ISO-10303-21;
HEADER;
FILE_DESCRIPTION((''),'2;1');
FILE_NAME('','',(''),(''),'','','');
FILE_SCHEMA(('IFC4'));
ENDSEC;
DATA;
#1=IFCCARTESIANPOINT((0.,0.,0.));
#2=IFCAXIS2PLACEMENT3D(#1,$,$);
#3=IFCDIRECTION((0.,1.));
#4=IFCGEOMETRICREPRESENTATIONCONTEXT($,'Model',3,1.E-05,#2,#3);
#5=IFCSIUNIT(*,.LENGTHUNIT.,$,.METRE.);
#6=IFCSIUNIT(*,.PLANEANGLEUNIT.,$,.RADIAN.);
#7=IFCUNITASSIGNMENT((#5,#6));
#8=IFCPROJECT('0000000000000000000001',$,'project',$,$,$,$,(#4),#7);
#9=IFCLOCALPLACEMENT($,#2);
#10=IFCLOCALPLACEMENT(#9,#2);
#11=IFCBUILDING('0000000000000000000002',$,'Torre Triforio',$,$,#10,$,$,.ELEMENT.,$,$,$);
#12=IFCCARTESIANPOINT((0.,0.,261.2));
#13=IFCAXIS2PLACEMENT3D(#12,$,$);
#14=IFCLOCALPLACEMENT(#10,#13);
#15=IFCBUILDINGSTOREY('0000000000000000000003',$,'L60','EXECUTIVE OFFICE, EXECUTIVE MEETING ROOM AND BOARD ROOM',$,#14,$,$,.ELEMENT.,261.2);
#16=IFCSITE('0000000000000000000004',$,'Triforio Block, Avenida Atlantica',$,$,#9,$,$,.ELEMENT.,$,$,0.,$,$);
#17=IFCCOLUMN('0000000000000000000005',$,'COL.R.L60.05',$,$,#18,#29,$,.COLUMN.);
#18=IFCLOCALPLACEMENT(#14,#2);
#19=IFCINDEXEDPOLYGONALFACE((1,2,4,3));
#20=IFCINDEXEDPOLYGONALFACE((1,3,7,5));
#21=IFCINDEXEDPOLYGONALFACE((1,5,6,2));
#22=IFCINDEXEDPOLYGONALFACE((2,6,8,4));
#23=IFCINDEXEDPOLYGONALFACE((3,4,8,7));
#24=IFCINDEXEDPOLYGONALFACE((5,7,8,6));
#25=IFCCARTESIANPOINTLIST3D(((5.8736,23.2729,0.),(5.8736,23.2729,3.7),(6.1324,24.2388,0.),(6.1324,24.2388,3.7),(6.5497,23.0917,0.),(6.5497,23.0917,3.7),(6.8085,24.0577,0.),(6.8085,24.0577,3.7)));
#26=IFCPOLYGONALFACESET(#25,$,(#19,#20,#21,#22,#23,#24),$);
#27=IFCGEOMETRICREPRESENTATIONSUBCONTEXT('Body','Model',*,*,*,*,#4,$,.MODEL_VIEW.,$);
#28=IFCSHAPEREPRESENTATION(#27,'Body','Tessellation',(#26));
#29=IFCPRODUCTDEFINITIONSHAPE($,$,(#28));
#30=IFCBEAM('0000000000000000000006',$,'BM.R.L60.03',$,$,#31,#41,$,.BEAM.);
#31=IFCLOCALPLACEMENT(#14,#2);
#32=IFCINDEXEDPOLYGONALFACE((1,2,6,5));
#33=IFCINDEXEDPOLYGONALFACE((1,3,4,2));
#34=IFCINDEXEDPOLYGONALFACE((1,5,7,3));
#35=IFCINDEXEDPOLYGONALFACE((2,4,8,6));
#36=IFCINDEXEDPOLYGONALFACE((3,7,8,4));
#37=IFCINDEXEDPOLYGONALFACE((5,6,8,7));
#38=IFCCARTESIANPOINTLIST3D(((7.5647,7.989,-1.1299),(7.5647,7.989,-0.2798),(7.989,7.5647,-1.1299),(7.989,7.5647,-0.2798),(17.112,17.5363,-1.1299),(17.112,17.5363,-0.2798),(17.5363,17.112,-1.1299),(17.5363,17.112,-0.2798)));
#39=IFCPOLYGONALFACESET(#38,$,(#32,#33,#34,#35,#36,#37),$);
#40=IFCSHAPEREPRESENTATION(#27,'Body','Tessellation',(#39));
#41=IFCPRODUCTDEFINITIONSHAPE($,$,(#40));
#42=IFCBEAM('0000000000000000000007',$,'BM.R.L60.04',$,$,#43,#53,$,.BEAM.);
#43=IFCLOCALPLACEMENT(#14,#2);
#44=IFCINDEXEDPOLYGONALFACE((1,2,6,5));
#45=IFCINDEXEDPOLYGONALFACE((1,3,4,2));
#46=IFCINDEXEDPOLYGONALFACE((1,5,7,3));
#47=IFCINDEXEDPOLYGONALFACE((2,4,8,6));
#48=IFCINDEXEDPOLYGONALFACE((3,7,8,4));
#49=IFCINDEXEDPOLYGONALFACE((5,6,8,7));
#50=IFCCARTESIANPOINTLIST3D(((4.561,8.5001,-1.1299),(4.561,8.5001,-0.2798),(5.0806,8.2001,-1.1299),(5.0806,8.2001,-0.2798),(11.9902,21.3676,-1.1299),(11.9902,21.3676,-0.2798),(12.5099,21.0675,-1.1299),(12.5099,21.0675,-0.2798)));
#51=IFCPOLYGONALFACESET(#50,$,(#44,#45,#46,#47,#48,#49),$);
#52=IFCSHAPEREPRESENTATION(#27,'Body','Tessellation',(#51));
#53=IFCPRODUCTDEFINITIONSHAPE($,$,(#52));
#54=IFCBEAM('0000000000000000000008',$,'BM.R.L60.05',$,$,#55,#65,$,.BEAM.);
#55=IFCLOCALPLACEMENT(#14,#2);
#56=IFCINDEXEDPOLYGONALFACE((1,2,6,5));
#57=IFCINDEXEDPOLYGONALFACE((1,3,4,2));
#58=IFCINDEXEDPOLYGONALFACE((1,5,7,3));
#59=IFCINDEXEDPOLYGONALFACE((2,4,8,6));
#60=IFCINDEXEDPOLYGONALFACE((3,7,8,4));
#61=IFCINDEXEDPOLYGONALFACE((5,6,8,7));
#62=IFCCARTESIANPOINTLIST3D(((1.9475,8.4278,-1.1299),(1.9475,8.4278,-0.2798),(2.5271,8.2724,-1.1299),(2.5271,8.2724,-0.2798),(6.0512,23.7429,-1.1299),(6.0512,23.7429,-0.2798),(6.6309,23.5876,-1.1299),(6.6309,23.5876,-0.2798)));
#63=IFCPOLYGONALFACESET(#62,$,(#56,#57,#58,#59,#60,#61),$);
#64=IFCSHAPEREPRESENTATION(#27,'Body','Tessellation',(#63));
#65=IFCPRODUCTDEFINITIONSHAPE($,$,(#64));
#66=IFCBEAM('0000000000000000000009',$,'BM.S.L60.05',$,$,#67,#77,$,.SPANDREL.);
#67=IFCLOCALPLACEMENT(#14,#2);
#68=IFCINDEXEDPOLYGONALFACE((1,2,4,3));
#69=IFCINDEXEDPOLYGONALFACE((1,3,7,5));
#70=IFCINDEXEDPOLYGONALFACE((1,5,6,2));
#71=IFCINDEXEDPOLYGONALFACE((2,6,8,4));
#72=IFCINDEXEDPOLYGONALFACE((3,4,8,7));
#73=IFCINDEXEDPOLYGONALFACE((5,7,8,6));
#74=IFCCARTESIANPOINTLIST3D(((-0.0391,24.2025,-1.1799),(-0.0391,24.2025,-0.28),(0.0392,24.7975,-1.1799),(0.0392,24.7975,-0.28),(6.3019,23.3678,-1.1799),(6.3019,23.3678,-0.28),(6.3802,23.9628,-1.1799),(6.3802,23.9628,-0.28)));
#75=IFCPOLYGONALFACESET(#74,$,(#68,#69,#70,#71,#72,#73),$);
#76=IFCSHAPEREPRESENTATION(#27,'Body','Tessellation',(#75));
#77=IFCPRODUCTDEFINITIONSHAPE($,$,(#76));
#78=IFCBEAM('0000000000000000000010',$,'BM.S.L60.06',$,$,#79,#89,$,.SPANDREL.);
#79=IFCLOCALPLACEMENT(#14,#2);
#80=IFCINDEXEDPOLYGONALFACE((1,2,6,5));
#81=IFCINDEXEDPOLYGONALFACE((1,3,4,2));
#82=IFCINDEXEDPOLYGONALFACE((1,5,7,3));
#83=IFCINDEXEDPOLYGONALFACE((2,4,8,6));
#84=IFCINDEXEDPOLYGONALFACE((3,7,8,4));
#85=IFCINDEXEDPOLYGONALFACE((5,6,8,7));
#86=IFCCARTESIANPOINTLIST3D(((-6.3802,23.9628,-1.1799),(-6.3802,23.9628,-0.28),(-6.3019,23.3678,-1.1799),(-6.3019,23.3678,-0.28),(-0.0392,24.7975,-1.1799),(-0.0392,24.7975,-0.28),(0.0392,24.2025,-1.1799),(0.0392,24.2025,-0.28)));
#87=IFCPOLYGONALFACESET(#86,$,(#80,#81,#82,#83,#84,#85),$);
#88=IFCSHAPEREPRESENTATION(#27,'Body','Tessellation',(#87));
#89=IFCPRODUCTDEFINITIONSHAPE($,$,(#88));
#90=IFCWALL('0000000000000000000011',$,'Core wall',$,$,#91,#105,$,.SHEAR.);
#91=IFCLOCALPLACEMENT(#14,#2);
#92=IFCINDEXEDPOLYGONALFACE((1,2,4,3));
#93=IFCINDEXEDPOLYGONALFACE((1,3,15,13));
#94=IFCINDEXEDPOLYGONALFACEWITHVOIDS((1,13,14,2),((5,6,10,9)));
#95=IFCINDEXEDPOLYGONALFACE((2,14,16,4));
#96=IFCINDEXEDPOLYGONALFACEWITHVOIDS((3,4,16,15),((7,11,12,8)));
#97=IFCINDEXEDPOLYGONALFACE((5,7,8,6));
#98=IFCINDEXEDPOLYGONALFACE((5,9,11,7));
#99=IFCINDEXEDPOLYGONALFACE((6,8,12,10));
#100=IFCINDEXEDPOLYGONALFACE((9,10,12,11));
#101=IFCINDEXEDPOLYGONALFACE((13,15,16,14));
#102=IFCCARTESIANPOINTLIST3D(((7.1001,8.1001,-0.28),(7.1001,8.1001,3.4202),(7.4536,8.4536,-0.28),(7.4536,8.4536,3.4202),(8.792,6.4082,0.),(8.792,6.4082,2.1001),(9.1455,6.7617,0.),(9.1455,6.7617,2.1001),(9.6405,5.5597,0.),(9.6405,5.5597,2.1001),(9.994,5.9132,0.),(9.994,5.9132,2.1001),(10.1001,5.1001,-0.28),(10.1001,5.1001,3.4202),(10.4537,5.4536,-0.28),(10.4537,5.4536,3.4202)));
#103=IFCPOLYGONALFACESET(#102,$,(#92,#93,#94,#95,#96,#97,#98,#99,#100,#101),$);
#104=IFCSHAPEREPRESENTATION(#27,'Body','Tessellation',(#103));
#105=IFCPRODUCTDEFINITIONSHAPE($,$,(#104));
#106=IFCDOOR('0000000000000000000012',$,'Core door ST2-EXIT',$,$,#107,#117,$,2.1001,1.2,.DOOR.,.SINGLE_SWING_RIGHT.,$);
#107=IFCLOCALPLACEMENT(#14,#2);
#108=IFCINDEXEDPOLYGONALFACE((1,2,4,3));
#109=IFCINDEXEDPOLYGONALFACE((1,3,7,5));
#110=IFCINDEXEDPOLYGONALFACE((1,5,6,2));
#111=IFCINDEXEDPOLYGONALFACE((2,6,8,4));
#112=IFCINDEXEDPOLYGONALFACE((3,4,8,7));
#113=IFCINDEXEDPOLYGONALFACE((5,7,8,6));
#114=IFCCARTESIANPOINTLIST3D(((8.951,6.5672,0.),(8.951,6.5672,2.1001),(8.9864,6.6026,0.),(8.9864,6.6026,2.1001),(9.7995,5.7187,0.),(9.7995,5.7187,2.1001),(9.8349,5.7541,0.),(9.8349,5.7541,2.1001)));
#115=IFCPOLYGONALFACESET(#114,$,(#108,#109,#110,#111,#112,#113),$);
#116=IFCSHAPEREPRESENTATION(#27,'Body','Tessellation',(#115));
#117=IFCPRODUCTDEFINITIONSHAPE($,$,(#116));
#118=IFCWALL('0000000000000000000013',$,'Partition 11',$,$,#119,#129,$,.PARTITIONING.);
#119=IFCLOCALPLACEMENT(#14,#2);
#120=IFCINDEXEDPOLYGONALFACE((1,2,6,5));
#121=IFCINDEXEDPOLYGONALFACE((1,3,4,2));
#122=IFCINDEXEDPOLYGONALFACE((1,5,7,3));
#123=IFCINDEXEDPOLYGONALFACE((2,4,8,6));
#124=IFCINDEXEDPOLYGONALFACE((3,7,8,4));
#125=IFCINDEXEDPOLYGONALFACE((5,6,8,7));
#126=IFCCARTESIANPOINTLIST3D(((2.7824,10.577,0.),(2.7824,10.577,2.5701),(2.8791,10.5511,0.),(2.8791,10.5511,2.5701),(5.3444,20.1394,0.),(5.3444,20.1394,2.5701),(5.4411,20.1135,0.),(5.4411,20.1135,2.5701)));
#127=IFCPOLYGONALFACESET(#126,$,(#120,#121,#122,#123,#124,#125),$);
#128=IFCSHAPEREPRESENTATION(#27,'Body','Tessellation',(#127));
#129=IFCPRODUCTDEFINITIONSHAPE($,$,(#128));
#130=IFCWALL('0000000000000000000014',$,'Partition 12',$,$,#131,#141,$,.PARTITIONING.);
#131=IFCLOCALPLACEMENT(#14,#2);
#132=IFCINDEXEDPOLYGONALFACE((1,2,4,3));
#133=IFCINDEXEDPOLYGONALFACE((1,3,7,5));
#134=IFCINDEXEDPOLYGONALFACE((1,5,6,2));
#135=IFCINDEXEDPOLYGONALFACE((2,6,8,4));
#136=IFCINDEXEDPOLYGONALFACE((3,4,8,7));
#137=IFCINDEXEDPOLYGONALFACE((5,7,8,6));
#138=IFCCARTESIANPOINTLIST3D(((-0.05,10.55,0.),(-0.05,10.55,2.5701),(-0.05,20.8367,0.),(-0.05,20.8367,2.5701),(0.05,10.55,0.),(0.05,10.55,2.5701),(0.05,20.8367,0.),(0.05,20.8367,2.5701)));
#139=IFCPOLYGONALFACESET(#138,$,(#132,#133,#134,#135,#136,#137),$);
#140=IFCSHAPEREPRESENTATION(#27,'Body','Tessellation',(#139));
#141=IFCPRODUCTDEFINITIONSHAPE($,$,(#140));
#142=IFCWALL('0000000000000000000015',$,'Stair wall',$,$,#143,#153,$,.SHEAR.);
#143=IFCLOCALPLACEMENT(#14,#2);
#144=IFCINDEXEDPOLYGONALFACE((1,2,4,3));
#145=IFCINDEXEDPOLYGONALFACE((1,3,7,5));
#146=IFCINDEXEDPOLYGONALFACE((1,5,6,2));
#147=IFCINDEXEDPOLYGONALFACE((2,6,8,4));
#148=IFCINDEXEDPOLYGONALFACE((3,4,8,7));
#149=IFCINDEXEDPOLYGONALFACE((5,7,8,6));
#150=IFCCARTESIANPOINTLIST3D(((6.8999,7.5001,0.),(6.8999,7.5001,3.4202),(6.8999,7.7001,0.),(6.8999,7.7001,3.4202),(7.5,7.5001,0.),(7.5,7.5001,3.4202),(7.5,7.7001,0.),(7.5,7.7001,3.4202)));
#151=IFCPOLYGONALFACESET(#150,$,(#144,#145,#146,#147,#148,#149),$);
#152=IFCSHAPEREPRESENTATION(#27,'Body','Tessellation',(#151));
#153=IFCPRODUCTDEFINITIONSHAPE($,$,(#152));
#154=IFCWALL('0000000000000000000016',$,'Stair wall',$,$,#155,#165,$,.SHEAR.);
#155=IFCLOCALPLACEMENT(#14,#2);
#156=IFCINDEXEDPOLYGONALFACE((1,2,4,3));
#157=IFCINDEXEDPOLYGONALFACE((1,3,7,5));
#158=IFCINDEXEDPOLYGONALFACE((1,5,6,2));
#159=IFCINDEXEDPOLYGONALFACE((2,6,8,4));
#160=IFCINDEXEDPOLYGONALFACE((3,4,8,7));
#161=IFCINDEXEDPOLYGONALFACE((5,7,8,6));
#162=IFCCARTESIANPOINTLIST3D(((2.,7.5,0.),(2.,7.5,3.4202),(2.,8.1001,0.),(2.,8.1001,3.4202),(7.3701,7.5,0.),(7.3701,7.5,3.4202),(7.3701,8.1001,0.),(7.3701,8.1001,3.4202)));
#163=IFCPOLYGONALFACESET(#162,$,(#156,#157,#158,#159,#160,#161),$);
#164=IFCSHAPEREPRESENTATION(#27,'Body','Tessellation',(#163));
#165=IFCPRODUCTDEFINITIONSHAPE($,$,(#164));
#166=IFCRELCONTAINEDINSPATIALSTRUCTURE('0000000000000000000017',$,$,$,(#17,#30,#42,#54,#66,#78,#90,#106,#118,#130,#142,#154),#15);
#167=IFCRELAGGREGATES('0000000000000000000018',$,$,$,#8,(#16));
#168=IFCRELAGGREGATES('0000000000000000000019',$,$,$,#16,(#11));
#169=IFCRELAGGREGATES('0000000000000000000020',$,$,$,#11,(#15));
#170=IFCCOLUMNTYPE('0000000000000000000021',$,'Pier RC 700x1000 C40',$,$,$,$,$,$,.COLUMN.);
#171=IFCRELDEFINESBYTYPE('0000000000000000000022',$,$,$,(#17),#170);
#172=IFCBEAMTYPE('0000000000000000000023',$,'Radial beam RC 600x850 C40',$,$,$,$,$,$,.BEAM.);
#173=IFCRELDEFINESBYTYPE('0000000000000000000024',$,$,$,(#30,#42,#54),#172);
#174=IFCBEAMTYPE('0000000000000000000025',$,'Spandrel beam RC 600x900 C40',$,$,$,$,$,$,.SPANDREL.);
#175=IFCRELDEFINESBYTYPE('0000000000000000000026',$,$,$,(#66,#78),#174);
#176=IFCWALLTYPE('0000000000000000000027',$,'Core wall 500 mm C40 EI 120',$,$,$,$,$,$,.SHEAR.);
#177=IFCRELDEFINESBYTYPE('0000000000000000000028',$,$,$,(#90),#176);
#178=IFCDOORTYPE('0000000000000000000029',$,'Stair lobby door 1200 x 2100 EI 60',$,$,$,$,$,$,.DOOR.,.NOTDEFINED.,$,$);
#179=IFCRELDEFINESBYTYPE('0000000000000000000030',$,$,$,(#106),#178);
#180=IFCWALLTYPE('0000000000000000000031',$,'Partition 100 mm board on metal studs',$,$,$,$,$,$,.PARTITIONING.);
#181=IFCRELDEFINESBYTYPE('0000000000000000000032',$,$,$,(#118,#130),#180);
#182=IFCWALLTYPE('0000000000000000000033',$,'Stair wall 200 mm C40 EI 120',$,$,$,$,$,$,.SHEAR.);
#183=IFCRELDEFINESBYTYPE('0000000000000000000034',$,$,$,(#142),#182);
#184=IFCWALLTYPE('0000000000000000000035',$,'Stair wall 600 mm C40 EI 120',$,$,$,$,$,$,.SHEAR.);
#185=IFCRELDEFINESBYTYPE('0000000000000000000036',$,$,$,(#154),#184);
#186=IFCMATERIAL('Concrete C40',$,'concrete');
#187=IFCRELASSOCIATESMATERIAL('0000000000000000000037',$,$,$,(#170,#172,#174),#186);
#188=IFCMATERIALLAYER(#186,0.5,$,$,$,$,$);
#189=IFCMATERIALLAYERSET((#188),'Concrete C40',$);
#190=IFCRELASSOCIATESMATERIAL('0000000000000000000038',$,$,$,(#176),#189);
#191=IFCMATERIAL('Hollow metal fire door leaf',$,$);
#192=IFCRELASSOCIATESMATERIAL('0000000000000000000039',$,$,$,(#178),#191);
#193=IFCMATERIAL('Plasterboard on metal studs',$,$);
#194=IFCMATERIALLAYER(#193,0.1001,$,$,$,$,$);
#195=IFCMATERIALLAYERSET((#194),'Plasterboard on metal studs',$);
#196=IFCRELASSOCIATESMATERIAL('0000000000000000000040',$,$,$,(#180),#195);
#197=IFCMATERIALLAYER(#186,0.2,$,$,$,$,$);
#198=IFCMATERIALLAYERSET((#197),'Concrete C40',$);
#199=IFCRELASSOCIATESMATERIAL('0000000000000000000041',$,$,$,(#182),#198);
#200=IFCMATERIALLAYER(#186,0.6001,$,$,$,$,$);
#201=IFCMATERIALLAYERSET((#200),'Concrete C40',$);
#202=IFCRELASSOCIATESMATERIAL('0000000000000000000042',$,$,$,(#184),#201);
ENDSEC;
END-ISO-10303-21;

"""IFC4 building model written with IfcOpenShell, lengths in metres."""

from ifc_helpers import new_model, si_unit, direction, frame, frame_2d, origin, origin_2d, place, context, subcontext, project, spatial, rectangle, extrude, material, layer, layer_set, material_profile, profile_set, type_object, element, fill, save


model = new_model("IFC4")

# Units and contexts
model_context = context("Model", 3, precision=1e-05, world=origin(), true_north=direction((0.0, 1.0)))
body_context = subcontext(model_context, "Body", "Model", "MODEL_VIEW")
ifc_project = project(units=[si_unit("LENGTHUNIT", "METRE"), si_unit("PLANEANGLEUNIT", "RADIAN")], contexts=[model_context])

# Site, building, storey
site_placement = place(None, origin())
site = spatial("IfcSite", under=ifc_project, at=site_placement, Name="Triforio Block, Avenida Atlantica", CompositionType="ELEMENT", RefElevation=0.0)
building_placement = place(site_placement, origin())
building = spatial("IfcBuilding", under=site, at=building_placement, Name="Torre Triforio", CompositionType="ELEMENT")
storey_placement = place(building_placement, frame((0.0, 0.0, 261.2)))
storey = spatial("IfcBuildingStorey", under=building, at=storey_placement, Name="L60", Description="EXECUTIVE OFFICE, EXECUTIVE MEETING ROOM AND BOARD ROOM", CompositionType="ELEMENT", Elevation=261.2)

# Column
ifc_material_1 = material(Name="Concrete C40", Category="concrete")
ifc_material_profile_1 = material_profile(ifc_material_1, rectangle(XDim=0.7, YDim=1.0, at=origin_2d()), Name="RC 700x1000")
ifc_profile_set_1 = profile_set([ifc_material_profile_1], Name="Concrete C40")
column_type = type_object("IfcColumnType", Name="Pier RC 700x1000 C40", PredefinedType="COLUMN", material=ifc_profile_set_1)
column_placement = place(storey_placement, frame((6.3411, 23.6653, 0.0), z_axis=(0.0, 0.0, 1.0), x_axis=(-0.965926, 0.258819, 0.0)))
element("IfcColumn", 1, at=column_placement, inside=storey, type_object=column_type, Name="COL.R.L60.05", PredefinedType="COLUMN", context=body_context, shape_type="SweptSolid", body=[
    extrude(rectangle(XDim=0.7, YDim=1.0, at=origin_2d()), origin(), (0.0, 0.0, 1.0), 3.7),
])

# Beams
ifc_material_profile_2 = material_profile(ifc_material_1, rectangle(XDim=0.6001, YDim=0.8501, at=origin_2d()), Name="RC 600x850")
ifc_profile_set_2 = profile_set([ifc_material_profile_2], Name="Concrete C40")
beam_type_1 = type_object("IfcBeamType", Name="Radial beam RC 600x850 C40", PredefinedType="BEAM", material=ifc_profile_set_2)
beam_1_placement = place(storey_placement, frame((7.7769, 7.7769, -0.7048), z_axis=(0.707107, 0.707107, 0.0), x_axis=(-0.707107, 0.707107, 0.0)))
element("IfcBeam", 2, at=beam_1_placement, inside=storey, type_object=beam_type_1, Name="BM.R.L60.03", PredefinedType="BEAM", context=body_context, shape_type="SweptSolid", body=[
    extrude(rectangle(XDim=0.6001, YDim=0.8501, at=origin_2d()), origin(), (0.0, 0.0, 1.0), 13.502),
])
beam_2_placement = place(storey_placement, frame((4.8208, 8.3501, -0.7048), z_axis=(0.500009, 0.86602, 0.0), x_axis=(-0.86602, 0.500009, 0.0)))
element("IfcBeam", 3, at=beam_2_placement, inside=storey, type_object=beam_type_1, Name="BM.R.L60.04", PredefinedType="BEAM", context=body_context, shape_type="SweptSolid", body=[
    extrude(rectangle(XDim=0.6001, YDim=0.8501, at=origin_2d()), origin(), (0.0, 0.0, 1.0), 14.8582),
])
beam_3_placement = place(storey_placement, frame((2.2373, 8.3501, -0.7048), z_axis=(0.258823, 0.965925, 0.0), x_axis=(-0.965925, 0.258823, 0.0)))
element("IfcBeam", 4, at=beam_3_placement, inside=storey, type_object=beam_type_1, Name="BM.R.L60.05", PredefinedType="BEAM", context=body_context, shape_type="SweptSolid", body=[
    extrude(rectangle(XDim=0.6001, YDim=0.8501, at=origin_2d()), origin(), (0.0, 0.0, 1.0), 15.8555),
])
ifc_material_profile_3 = material_profile(ifc_material_1, rectangle(XDim=0.6001, YDim=0.8999, at=origin_2d()), Name="RC 600x900")
ifc_profile_set_3 = profile_set([ifc_material_profile_3], Name="Concrete C40")
beam_type_2 = type_object("IfcBeamType", Name="Spandrel beam RC 600x900 C40", PredefinedType="SPANDREL", material=ifc_profile_set_3)
for number, where, z_axis, x_axis, name in (
    (5, (6.3411, 23.6653, -0.73), (-0.991447, 0.130511, 0.0), (-0.130511, -0.991447, 0.0), "BM.S.L60.05"),
    (6, (0.0, 24.5, -0.73), (-0.991447, -0.130511, 0.0), (0.130511, -0.991447, 0.0), "BM.S.L60.06"),
):
    element("IfcBeam", number, at=place(storey_placement, frame(where, z_axis=z_axis, x_axis=x_axis)), inside=storey, type_object=beam_type_2, Name=name, PredefinedType="SPANDREL", context=body_context, shape_type="SweptSolid", body=[
        extrude(rectangle(XDim=0.6001, YDim=0.8999, at=origin_2d()), origin(), (0.0, 0.0, 1.0), 6.3958),
    ])

# Wall, opening, door
ifc_layer_1 = layer(ifc_material_1, 0.5)
ifc_layer_set_1 = layer_set([ifc_layer_1], Name="Concrete C40")
wall_type_1 = type_object("IfcWallType", Name="Core wall 500 mm C40 EI 120", PredefinedType="SHEAR", material=ifc_layer_set_1)
wall_1_placement = place(storey_placement, frame((7.2769, 8.2769, -0.28), z_axis=(0.0, 0.0, 1.0), x_axis=(0.707107, -0.707107, 0.0)))
wall_1 = element("IfcWall", 7, at=wall_1_placement, inside=storey, type_object=wall_type_1, Name="Core wall", PredefinedType="SHEAR", context=body_context, shape_type="SweptSolid", body=[
    extrude(rectangle(XDim=4.2427, YDim=0.5, at=frame_2d((2.1213, 0.0))), origin(), (0.0, 0.0, 1.0), 3.7002),
])
opening_1_placement = place(wall_1_placement, frame((2.3926, 0.0, 0.28)))
opening_1 = element("IfcOpeningElement", 8, at=opening_1_placement, cuts=wall_1, PredefinedType="OPENING", context=body_context, shape_type="SweptSolid", body=[
    extrude(rectangle(XDim=1.2, YDim=2.1001, at=frame_2d((0.6001, 1.05))), frame((0.0, 0.26, 0.0), z_axis=(0.0, -1.0, 0.0), x_axis=(1.0, 0.0, 0.0)), (0.0, 0.0, 1.0), 0.52),
])
ifc_material_2 = material(Name="Hollow metal fire door leaf")
door_type_1 = type_object("IfcDoorType", Name="Stair lobby door 1200 x 2100 EI 60", OperationType="NOTDEFINED", PredefinedType="DOOR", material=ifc_material_2)
door_1_placement = place(opening_1_placement, origin())
door_1 = element("IfcDoor", 9, at=door_1_placement, inside=storey, type_object=door_type_1, Name="Core door ST2-EXIT", OperationType="SINGLE_SWING_RIGHT", OverallHeight=2.1001, OverallWidth=1.2, PredefinedType="DOOR", context=body_context, shape_type="SweptSolid", body=[
    extrude(rectangle(XDim=1.2, YDim=2.1001, at=frame_2d((0.6001, 1.05))), frame((0.0, 0.0249, 0.0), z_axis=(0.0, -1.0, 0.0), x_axis=(1.0, 0.0, 0.0)), (0.0, 0.0, 1.0), 0.05),
])
fill(opening_1, door_1)

# Walls
ifc_material_3 = material(Name="Plasterboard on metal studs")
ifc_layer_2 = layer(ifc_material_3, 0.1001)
ifc_layer_set_2 = layer_set([ifc_layer_2], Name="Plasterboard on metal studs")
wall_type_2 = type_object("IfcWallType", Name="Partition 100 mm board on metal studs", PredefinedType="PARTITIONING", material=ifc_layer_set_2)
wall_2_placement = place(storey_placement, frame((2.8308, 10.5642, 0.0), z_axis=(0.0, 0.0, 1.0), x_axis=(0.258795, 0.965932, 0.0)))
element("IfcWall", 10, at=wall_2_placement, inside=storey, type_object=wall_type_2, Name="Partition 11", PredefinedType="PARTITIONING", context=body_context, shape_type="SweptSolid", body=[
    extrude(rectangle(XDim=9.8997, YDim=0.1001, at=frame_2d((4.9497, 0.0))), origin(), (0.0, 0.0, 1.0), 2.5701),
])
wall_3_placement = place(storey_placement, frame((0.0, 10.55, 0.0), z_axis=(0.0, 0.0, 1.0), x_axis=(0.0, 1.0, 0.0)))
element("IfcWall", 11, at=wall_3_placement, inside=storey, type_object=wall_type_2, Name="Partition 12", PredefinedType="PARTITIONING", context=body_context, shape_type="SweptSolid", body=[
    extrude(rectangle(XDim=10.2866, YDim=0.1001, at=frame_2d((5.1433, 0.0))), origin(), (0.0, 0.0, 1.0), 2.5701),
])
ifc_layer_3 = layer(ifc_material_1, 0.2)
ifc_layer_set_3 = layer_set([ifc_layer_3], Name="Concrete C40")
wall_type_3 = type_object("IfcWallType", Name="Stair wall 200 mm C40 EI 120", PredefinedType="SHEAR", material=ifc_layer_set_3)
wall_4_placement = place(storey_placement, frame((6.8999, 7.6001, 0.0), z_axis=(0.0, 0.0, 1.0), x_axis=(1.0, 0.0, 0.0)))
element("IfcWall", 12, at=wall_4_placement, inside=storey, type_object=wall_type_3, Name="Stair wall", PredefinedType="SHEAR", context=body_context, shape_type="SweptSolid", body=[
    extrude(rectangle(XDim=0.6001, YDim=0.2, at=frame_2d((0.3, 0.0))), origin(), (0.0, 0.0, 1.0), 3.4202),
])
ifc_layer_4 = layer(ifc_material_1, 0.6001)
ifc_layer_set_4 = layer_set([ifc_layer_4], Name="Concrete C40")
wall_type_4 = type_object("IfcWallType", Name="Stair wall 600 mm C40 EI 120", PredefinedType="SHEAR", material=ifc_layer_set_4)
wall_5_placement = place(storey_placement, frame((2.0, 7.8, 0.0), z_axis=(0.0, 0.0, 1.0), x_axis=(1.0, 0.0, 0.0)))
element("IfcWall", 13, at=wall_5_placement, inside=storey, type_object=wall_type_4, Name="Stair wall", PredefinedType="SHEAR", context=body_context, shape_type="SweptSolid", body=[
    extrude(rectangle(XDim=5.3701, YDim=0.6001, at=frame_2d((2.6851, 0.0))), origin(), (0.0, 0.0, 1.0), 3.4202),
])

save(model, "model.ifc")
